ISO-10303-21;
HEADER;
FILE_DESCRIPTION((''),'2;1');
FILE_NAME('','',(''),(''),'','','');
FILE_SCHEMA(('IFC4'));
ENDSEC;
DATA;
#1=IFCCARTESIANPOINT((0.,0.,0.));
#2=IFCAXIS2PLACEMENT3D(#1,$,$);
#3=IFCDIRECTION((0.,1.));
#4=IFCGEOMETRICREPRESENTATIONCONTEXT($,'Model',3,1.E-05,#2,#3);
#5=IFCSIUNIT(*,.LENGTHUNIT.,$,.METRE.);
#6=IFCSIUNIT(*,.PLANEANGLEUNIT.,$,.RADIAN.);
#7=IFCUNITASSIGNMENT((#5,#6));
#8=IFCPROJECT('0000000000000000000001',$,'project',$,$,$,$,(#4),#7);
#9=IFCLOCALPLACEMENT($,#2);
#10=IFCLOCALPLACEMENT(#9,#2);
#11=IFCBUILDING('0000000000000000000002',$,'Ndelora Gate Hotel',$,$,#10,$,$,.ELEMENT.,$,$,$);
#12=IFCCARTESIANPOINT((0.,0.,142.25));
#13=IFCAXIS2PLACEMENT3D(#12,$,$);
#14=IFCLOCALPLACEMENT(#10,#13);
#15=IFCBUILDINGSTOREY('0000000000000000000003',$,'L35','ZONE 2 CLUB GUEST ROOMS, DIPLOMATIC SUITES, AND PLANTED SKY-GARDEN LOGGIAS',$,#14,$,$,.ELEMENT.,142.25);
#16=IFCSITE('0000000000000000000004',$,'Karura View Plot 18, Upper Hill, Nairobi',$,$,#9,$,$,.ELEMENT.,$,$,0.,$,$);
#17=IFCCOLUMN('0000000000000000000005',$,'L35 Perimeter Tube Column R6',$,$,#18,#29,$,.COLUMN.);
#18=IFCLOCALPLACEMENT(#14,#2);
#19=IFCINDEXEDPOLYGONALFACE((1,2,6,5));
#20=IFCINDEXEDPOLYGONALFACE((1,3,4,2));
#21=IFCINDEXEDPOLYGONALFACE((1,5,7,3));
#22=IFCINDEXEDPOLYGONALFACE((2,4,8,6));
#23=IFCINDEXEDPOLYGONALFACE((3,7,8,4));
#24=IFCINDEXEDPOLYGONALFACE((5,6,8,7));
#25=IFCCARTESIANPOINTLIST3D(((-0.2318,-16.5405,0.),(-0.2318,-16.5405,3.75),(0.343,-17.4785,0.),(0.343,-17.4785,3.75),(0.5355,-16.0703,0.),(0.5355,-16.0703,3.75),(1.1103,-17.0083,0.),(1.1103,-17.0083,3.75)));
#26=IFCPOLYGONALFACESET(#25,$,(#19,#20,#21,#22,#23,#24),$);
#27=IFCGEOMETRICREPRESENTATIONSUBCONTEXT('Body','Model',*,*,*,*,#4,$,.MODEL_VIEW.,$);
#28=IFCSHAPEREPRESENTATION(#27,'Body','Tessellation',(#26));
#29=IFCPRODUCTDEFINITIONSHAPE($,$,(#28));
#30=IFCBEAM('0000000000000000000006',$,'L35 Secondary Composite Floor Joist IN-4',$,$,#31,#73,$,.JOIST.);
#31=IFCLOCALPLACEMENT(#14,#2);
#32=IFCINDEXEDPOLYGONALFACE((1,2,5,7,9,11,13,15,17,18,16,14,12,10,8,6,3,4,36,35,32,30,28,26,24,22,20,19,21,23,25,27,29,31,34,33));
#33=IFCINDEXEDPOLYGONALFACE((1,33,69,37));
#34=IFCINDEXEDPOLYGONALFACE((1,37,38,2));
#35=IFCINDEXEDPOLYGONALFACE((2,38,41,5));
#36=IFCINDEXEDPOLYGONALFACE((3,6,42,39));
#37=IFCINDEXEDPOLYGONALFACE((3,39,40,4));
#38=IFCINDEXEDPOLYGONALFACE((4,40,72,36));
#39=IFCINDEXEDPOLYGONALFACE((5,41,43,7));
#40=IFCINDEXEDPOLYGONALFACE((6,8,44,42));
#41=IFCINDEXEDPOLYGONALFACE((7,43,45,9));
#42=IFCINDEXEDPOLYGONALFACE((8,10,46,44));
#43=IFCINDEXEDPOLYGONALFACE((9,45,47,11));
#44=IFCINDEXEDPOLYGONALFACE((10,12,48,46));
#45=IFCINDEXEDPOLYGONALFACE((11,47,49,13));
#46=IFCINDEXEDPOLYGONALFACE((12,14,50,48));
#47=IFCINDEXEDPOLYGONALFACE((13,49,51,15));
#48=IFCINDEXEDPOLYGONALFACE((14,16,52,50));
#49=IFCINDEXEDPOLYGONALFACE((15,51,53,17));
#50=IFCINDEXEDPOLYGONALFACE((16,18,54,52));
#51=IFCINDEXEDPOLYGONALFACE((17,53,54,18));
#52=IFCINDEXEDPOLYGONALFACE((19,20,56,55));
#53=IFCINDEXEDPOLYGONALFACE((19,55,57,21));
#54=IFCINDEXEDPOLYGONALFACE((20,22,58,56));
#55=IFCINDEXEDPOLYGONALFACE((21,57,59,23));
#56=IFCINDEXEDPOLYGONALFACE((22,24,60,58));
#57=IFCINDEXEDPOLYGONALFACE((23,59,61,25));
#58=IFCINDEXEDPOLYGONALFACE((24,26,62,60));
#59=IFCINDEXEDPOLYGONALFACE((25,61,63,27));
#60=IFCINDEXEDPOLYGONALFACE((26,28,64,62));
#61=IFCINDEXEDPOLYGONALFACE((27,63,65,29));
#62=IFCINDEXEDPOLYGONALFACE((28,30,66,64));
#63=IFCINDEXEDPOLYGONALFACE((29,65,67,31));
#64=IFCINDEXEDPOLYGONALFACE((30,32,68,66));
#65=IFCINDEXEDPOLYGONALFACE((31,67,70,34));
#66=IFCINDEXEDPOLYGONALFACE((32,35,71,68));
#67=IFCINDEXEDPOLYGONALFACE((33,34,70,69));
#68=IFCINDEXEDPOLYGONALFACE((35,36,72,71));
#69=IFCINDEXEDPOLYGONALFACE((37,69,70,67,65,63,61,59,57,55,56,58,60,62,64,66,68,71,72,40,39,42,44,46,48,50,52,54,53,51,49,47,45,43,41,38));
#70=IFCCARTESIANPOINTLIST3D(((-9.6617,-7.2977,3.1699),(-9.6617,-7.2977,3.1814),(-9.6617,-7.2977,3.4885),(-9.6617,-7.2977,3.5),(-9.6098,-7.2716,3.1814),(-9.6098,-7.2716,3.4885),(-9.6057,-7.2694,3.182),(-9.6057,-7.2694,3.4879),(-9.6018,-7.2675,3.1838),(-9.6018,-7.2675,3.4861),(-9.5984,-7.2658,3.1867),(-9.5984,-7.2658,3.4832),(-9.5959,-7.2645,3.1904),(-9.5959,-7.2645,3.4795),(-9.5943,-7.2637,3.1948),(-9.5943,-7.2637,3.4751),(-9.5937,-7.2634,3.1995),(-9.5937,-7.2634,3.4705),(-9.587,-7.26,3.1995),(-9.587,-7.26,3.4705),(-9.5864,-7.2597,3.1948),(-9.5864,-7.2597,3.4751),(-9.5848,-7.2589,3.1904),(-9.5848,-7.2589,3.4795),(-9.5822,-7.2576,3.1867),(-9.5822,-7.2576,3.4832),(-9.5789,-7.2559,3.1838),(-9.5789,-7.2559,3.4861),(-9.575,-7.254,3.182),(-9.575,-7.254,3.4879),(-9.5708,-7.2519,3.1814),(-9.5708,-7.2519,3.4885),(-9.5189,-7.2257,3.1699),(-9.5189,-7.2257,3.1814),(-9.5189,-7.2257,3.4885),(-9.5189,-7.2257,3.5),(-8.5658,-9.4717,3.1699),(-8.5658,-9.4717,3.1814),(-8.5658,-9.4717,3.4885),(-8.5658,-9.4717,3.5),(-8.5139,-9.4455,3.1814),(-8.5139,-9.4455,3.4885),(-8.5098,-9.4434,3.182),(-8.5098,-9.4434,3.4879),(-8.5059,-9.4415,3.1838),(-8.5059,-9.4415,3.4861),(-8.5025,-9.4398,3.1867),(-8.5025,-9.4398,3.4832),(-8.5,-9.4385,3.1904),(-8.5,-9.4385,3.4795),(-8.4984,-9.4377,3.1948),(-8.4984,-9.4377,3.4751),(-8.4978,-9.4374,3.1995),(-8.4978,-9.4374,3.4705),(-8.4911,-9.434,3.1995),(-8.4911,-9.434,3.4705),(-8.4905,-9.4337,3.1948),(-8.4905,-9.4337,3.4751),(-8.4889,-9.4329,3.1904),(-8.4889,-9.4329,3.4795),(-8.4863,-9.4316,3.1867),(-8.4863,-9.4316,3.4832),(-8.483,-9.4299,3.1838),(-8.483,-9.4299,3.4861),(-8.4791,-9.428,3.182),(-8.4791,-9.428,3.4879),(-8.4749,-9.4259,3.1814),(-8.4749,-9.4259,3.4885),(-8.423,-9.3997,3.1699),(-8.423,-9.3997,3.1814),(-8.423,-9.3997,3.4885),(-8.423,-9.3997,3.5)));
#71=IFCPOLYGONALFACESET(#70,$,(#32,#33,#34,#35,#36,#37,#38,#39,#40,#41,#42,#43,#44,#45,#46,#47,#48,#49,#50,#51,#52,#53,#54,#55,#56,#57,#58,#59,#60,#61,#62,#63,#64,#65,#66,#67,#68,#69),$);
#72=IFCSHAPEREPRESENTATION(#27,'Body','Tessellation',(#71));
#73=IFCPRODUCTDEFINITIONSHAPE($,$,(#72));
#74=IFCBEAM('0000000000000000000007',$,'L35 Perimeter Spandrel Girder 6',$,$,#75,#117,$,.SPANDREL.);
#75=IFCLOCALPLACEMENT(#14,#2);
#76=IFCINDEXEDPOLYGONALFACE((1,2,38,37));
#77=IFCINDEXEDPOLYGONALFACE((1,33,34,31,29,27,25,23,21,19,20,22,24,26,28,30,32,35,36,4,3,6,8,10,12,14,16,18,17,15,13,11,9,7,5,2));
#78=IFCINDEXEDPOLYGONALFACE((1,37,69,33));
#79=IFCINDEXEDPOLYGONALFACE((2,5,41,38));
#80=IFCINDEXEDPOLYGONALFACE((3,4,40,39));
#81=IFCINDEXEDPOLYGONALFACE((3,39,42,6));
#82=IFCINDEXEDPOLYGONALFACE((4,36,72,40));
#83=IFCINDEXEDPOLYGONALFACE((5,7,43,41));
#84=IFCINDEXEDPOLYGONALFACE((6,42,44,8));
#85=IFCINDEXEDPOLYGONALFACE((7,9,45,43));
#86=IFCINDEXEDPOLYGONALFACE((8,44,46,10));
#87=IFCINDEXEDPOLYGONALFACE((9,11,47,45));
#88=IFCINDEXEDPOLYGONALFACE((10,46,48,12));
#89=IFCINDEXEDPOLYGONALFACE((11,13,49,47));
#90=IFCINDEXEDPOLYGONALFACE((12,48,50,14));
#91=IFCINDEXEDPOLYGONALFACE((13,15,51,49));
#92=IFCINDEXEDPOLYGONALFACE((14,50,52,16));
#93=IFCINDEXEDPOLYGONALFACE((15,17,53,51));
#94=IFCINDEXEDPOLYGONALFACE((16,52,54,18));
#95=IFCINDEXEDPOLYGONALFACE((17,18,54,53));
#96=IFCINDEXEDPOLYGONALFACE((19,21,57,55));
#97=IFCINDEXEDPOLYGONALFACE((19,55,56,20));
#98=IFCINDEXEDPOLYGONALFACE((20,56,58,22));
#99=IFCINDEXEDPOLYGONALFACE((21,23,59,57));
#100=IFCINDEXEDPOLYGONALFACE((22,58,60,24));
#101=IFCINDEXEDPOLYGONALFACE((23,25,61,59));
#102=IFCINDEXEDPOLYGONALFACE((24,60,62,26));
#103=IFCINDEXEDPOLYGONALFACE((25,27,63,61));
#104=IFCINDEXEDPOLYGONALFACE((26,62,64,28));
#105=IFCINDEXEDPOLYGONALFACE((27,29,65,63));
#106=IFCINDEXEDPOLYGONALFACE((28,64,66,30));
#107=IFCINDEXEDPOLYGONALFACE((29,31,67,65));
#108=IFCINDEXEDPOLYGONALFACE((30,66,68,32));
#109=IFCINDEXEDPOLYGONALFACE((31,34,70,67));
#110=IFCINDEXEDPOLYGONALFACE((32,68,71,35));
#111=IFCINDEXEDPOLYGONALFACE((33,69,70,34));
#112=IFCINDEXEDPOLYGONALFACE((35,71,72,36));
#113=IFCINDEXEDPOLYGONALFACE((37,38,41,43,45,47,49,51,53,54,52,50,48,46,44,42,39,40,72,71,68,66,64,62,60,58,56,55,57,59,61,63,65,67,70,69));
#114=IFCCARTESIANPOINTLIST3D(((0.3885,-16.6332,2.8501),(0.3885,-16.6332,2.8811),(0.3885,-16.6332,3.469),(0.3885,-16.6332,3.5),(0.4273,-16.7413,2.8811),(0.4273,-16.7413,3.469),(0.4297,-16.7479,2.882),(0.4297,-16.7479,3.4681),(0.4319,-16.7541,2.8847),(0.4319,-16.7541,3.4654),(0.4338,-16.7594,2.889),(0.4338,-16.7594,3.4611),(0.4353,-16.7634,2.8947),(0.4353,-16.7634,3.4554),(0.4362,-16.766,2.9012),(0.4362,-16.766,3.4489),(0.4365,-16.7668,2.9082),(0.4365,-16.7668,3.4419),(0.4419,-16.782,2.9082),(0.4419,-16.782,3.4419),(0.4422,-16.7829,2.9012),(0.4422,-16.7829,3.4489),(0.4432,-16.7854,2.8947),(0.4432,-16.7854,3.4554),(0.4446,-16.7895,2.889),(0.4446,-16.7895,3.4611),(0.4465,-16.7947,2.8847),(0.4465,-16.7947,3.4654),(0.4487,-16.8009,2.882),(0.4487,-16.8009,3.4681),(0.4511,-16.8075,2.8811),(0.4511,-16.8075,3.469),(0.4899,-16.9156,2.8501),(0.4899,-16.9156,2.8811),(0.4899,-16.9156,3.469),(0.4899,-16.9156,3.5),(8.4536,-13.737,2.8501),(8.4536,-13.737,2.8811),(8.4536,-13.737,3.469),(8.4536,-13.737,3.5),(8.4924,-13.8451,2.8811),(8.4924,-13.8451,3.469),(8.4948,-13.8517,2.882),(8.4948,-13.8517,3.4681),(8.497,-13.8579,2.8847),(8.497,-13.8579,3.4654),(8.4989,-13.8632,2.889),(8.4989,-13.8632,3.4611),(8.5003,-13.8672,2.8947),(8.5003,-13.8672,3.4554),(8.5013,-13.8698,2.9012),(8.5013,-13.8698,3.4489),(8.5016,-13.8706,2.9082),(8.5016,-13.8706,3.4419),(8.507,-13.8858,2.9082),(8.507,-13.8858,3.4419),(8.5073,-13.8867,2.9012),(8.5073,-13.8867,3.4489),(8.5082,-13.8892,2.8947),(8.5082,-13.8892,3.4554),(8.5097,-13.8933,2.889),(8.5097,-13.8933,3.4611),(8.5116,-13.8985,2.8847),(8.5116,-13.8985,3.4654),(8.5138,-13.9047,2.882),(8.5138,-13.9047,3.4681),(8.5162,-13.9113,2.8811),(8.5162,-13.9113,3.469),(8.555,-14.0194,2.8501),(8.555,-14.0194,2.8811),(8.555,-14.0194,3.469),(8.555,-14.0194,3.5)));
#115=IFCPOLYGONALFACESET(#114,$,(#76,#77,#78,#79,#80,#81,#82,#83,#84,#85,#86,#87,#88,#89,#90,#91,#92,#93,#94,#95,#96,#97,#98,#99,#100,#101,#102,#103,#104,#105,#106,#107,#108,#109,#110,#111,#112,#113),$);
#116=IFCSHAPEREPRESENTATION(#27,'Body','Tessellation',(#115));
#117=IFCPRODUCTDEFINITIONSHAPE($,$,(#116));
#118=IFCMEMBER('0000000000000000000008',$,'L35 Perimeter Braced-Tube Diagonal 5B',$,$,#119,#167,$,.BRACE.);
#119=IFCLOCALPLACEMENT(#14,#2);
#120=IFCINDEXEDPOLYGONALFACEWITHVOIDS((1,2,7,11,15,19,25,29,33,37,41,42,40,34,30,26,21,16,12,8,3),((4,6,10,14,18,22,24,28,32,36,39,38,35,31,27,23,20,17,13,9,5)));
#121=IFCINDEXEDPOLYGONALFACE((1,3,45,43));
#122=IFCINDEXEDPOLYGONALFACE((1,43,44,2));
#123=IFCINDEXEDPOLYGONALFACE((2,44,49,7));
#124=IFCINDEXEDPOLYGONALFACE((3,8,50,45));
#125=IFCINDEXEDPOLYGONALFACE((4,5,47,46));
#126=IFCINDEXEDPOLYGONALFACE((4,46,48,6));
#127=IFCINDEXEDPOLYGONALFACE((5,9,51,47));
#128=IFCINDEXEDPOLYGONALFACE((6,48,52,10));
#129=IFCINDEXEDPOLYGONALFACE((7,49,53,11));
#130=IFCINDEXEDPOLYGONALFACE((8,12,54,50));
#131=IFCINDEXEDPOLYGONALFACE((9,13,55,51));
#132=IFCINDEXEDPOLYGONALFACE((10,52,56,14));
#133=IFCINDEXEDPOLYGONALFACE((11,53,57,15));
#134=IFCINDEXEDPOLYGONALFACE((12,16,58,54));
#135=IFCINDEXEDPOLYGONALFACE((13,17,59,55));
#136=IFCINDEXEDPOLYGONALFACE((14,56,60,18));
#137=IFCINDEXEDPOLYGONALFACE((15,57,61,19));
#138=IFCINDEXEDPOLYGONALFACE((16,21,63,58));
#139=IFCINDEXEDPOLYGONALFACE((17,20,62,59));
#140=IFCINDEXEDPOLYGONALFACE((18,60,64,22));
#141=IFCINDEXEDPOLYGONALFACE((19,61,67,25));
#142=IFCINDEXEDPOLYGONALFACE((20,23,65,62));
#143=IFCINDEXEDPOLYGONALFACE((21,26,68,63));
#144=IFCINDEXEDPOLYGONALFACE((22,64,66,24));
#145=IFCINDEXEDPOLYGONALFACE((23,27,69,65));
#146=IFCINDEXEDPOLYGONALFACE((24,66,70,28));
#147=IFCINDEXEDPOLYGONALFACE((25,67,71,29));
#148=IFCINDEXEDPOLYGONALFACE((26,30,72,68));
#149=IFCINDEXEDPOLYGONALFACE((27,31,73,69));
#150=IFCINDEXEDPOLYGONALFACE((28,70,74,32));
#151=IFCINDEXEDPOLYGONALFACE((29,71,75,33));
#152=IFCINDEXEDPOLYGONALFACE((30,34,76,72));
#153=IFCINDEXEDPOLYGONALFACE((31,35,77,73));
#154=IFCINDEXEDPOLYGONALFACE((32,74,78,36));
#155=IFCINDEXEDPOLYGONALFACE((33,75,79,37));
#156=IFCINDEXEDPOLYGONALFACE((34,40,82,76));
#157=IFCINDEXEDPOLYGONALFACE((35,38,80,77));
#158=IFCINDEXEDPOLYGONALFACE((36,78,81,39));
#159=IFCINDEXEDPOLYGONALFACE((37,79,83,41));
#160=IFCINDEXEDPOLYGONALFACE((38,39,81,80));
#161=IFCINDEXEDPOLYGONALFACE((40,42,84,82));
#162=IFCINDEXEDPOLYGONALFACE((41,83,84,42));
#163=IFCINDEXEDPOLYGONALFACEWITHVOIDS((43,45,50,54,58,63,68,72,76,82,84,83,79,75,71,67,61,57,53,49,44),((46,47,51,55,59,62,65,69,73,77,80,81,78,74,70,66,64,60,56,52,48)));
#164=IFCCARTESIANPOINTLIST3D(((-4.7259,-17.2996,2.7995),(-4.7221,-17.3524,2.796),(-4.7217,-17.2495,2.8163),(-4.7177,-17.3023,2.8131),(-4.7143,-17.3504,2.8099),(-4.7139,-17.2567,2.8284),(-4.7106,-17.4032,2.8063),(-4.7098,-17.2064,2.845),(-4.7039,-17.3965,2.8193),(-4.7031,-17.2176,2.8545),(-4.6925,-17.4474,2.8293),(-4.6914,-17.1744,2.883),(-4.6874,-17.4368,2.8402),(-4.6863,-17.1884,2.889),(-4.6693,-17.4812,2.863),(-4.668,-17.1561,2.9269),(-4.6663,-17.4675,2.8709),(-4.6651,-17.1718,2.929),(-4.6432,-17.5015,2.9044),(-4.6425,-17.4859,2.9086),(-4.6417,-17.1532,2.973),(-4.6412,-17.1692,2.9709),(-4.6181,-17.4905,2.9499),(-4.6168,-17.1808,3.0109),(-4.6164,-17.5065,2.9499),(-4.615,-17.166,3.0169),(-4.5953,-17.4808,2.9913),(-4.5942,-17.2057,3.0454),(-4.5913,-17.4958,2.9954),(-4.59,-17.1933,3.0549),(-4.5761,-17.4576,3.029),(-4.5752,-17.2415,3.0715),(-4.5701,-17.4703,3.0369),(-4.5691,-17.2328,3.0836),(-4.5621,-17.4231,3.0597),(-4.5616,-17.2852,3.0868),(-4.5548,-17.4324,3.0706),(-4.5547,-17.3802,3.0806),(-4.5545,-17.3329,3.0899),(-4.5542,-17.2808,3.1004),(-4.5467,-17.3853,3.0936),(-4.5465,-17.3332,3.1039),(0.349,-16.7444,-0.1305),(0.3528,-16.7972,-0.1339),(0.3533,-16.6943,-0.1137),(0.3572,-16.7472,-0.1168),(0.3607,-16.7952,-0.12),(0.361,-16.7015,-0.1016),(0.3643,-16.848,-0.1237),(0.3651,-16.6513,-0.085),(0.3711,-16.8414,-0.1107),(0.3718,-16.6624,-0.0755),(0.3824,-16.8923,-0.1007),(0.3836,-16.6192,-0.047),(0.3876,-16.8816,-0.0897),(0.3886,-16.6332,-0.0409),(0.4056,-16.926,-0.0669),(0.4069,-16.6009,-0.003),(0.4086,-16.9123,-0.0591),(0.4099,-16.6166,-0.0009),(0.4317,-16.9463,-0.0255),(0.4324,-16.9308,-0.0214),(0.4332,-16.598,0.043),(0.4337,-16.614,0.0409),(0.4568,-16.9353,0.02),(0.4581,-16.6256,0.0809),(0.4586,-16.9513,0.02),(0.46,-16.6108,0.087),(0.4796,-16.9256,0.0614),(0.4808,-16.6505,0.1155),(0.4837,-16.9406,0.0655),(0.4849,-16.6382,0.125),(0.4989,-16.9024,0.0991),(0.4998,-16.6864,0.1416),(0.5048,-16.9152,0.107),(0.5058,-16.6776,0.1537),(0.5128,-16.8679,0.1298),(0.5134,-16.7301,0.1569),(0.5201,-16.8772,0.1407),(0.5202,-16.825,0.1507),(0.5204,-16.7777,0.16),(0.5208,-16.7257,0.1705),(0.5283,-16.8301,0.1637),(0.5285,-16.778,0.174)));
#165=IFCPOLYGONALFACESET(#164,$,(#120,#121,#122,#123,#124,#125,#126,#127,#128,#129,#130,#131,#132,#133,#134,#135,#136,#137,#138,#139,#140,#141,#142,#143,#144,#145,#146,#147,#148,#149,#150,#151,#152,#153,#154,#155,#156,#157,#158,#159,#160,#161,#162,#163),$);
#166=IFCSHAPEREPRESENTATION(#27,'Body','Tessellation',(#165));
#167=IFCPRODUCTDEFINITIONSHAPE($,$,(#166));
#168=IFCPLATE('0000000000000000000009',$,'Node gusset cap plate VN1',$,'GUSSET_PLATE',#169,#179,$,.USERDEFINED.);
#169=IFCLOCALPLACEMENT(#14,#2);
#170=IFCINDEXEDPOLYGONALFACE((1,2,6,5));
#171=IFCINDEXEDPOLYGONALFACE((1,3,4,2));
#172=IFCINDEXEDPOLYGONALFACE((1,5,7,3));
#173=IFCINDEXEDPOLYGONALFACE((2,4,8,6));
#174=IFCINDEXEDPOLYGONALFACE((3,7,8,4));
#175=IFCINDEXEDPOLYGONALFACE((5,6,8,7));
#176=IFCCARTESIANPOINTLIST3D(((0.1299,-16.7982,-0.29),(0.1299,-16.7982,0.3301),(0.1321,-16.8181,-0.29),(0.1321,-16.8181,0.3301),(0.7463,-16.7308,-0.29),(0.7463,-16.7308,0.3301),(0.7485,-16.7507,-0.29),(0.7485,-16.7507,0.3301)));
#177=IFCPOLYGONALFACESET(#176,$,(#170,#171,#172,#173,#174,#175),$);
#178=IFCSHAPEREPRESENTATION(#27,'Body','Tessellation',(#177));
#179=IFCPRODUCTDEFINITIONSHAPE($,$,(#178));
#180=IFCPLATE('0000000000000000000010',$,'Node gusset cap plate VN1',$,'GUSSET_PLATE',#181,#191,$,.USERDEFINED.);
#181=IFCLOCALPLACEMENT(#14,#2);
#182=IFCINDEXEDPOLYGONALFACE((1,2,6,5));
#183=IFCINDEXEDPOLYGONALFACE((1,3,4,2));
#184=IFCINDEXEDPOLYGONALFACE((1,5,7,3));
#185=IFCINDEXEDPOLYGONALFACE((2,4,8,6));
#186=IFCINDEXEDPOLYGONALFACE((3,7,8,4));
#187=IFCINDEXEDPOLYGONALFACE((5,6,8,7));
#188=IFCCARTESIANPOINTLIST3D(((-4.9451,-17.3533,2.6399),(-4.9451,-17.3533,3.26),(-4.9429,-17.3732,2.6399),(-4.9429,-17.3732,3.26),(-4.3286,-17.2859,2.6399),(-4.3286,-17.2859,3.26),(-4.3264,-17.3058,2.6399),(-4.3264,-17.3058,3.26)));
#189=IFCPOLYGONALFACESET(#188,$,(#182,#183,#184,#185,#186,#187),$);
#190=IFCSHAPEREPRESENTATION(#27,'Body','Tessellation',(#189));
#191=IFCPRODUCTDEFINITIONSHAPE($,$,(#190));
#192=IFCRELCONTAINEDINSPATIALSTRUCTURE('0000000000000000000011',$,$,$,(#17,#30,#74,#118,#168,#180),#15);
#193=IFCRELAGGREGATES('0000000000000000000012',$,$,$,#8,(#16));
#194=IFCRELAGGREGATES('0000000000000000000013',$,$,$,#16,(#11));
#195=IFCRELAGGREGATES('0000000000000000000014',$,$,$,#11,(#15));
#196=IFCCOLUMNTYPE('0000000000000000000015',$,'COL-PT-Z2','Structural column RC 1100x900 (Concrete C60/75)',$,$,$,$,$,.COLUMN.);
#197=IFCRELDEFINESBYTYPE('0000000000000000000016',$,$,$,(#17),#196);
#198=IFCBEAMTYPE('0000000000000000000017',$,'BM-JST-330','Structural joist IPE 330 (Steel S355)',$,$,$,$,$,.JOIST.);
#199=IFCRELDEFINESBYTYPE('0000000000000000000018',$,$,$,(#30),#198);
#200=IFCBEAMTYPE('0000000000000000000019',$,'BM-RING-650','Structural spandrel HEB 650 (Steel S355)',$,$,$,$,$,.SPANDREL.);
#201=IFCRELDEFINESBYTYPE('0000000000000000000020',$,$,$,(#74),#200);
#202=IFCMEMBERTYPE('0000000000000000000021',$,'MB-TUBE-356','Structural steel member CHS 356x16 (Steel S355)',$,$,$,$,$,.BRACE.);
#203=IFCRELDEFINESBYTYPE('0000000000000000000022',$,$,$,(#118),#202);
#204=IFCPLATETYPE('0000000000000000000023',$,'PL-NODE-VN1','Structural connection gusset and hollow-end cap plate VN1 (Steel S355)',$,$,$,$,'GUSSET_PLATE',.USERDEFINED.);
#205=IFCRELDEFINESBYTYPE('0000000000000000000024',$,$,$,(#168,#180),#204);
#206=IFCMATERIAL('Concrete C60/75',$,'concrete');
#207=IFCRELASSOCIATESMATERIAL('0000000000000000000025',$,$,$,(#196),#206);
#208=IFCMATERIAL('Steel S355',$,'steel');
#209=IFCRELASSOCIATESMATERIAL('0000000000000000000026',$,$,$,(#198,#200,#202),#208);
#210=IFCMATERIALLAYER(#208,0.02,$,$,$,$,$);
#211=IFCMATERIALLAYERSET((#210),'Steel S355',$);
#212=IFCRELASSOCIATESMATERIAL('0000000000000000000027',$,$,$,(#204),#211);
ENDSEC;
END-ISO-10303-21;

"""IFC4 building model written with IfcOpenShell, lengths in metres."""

from ifc_helpers import new_model, si_unit, direction, frame, origin, origin_2d, place, context, subcontext, project, spatial, rectangle, hollow_circle, i_section, extrude, material, layer, layer_set, material_profile, profile_set, type_object, element, save


model = new_model("IFC4")

# Units and contexts
model_context = context("Model", 3, precision=1e-05, world=origin(), true_north=direction((0.0, 1.0)))
body_context = subcontext(model_context, "Body", "Model", "MODEL_VIEW")
ifc_project = project(units=[si_unit("LENGTHUNIT", "METRE"), si_unit("PLANEANGLEUNIT", "RADIAN")], contexts=[model_context])

# Site, building, storey
site_placement = place(None, origin())
site = spatial("IfcSite", under=ifc_project, at=site_placement, Name="Karura View Plot 18, Upper Hill, Nairobi", CompositionType="ELEMENT", RefElevation=0.0)
building_placement = place(site_placement, origin())
building = spatial("IfcBuilding", under=site, at=building_placement, Name="Ndelora Gate Hotel", CompositionType="ELEMENT")
storey_placement = place(building_placement, frame((0.0, 0.0, 142.25)))
storey = spatial("IfcBuildingStorey", under=building, at=storey_placement, Name="L35", Description="ZONE 2 CLUB GUEST ROOMS, DIPLOMATIC SUITES, AND PLANTED SKY-GARDEN LOGGIAS", CompositionType="ELEMENT", Elevation=142.25)

# Column
ifc_material_1 = material(Name="Concrete C60/75", Category="concrete")
ifc_material_profile_1 = material_profile(ifc_material_1, rectangle(XDim=0.8999, YDim=1.1001, at=origin_2d()), Name="RC 1100x900")
ifc_profile_set_1 = profile_set([ifc_material_profile_1], Name="Concrete C60/75")
column_type = type_object("IfcColumnType", Name="COL-PT-Z2", Description="Structural column RC 1100x900 (Concrete C60/75)", PredefinedType="COLUMN", material=ifc_profile_set_1)
column_placement = place(storey_placement, frame((0.4392, -16.7744, 0.0), z_axis=(0.0, 0.0, 1.0), x_axis=(0.85264, 0.522499, 0.0)))
element("IfcColumn", 1, at=column_placement, inside=storey, type_object=column_type, Name="L35 Perimeter Tube Column R6", PredefinedType="COLUMN", context=body_context, shape_type="SweptSolid", body=[
    extrude(rectangle(XDim=0.8999, YDim=1.1001, at=origin_2d()), origin(), (0.0, 0.0, 1.0), 3.75),
])

# Beams
ifc_material_2 = material(Name="Steel S355", Category="steel")
ifc_material_profile_2 = material_profile(ifc_material_2, i_section(OverallWidth=0.1599, OverallDepth=0.3301, WebThickness=0.0076, FlangeThickness=0.0115, FilletRadius=0.0181, at=origin_2d()), Name="IPE 330")
ifc_profile_set_2 = profile_set([ifc_material_profile_2], Name="Steel S355")
beam_type_1 = type_object("IfcBeamType", Name="BM-JST-330", Description="Structural joist IPE 330 (Steel S355)", PredefinedType="JOIST", material=ifc_profile_set_2)
beam_1_placement = place(storey_placement, frame((-9.5903, -7.2617, 3.335), z_axis=(0.450139, -0.892958, 0.0), x_axis=(0.892958, 0.450139, 0.0)))
element("IfcBeam", 2, at=beam_1_placement, inside=storey, type_object=beam_type_1, Name="L35 Secondary Composite Floor Joist IN-4", PredefinedType="JOIST", context=body_context, shape_type="SweptSolid", body=[
    extrude(i_section(OverallWidth=0.1599, OverallDepth=0.3301, WebThickness=0.0076, FlangeThickness=0.0115, FilletRadius=0.0181, at=origin_2d()), origin(), (0.0, 0.0, 1.0), 2.4346),
])
ifc_material_profile_3 = material_profile(ifc_material_2, i_section(OverallWidth=0.3, OverallDepth=0.6499, WebThickness=0.0161, FlangeThickness=0.031, FilletRadius=0.0271, at=origin_2d()), Name="HEB 650")
ifc_profile_set_3 = profile_set([ifc_material_profile_3], Name="Steel S355")
beam_type_2 = type_object("IfcBeamType", Name="BM-RING-650", Description="Structural spandrel HEB 650 (Steel S355)", PredefinedType="SPANDREL", material=ifc_profile_set_3)
beam_2_placement = place(storey_placement, frame((0.4392, -16.7744, 3.175), z_axis=(0.941156, 0.337973, 0.0), x_axis=(-0.337973, 0.941156, 0.0)))
element("IfcBeam", 3, at=beam_2_placement, inside=storey, type_object=beam_type_2, Name="L35 Perimeter Spandrel Girder 6", PredefinedType="SPANDREL", context=body_context, shape_type="SweptSolid", body=[
    extrude(i_section(OverallWidth=0.3, OverallDepth=0.6499, WebThickness=0.0161, FlangeThickness=0.031, FilletRadius=0.0271, at=origin_2d()), origin(), (0.0, 0.0, 1.0), 8.5693),
])

# Member
ifc_material_profile_4 = material_profile(ifc_material_2, hollow_circle(Radius=0.178, WallThickness=0.0161, at=origin_2d()), Name="CHS 356x16")
ifc_profile_set_4 = profile_set([ifc_material_profile_4], Name="Steel S355")
member_type = type_object("IfcMemberType", Name="MB-TUBE-356", Description="Structural steel member CHS 356x16 (Steel S355)", PredefinedType="BRACE", material=ifc_profile_set_4)
member_placement = place(storey_placement, frame((0.4392, -16.7744, 0.02), z_axis=(-0.862172, -0.094318, 0.497759), x_axis=(0.108747, -0.99407, 0.0)))
element("IfcMember", 4, at=member_placement, inside=storey, type_object=member_type, Name="L35 Perimeter Braced-Tube Diagonal 5B", PredefinedType="BRACE", context=body_context, shape_type="SweptSolid", body=[
    extrude(hollow_circle(Radius=0.178, WallThickness=0.0161, at=origin_2d()), origin(), (0.0, 0.0, 1.0), 5.8862),
])

# Plates
ifc_layer_1 = layer(ifc_material_2, 0.02)
ifc_layer_set_1 = layer_set([ifc_layer_1], Name="Steel S355")
plate_type = type_object("IfcPlateType", Name="PL-NODE-VN1", Description="Structural connection gusset and hollow-end cap plate VN1 (Steel S355)", ElementType="GUSSET_PLATE", PredefinedType="USERDEFINED", material=ifc_layer_set_1)
for number, where, z_axis, x_axis, name in (
    (5, (0.4392, -16.7744, -0.29), (0.0, 0.0, 1.0), (0.994075, 0.108693, 0.0), "Node gusset cap plate VN1"),
    (6, (-4.6357, -17.3296, 2.6399), (0.0, 0.0, 1.0), (0.994075, 0.108693, 0.0), "Node gusset cap plate VN1"),
):
    element("IfcPlate", number, at=place(storey_placement, frame(where, z_axis=z_axis, x_axis=x_axis)), inside=storey, type_object=plate_type, Name=name, ObjectType="GUSSET_PLATE", PredefinedType="USERDEFINED", context=body_context, shape_type="SweptSolid", body=[
        extrude(rectangle(XDim=0.6201, YDim=0.02, at=origin_2d()), origin(), (0.0, 0.0, 1.0), 0.6201),
    ])

save(model, "model.ifc")
